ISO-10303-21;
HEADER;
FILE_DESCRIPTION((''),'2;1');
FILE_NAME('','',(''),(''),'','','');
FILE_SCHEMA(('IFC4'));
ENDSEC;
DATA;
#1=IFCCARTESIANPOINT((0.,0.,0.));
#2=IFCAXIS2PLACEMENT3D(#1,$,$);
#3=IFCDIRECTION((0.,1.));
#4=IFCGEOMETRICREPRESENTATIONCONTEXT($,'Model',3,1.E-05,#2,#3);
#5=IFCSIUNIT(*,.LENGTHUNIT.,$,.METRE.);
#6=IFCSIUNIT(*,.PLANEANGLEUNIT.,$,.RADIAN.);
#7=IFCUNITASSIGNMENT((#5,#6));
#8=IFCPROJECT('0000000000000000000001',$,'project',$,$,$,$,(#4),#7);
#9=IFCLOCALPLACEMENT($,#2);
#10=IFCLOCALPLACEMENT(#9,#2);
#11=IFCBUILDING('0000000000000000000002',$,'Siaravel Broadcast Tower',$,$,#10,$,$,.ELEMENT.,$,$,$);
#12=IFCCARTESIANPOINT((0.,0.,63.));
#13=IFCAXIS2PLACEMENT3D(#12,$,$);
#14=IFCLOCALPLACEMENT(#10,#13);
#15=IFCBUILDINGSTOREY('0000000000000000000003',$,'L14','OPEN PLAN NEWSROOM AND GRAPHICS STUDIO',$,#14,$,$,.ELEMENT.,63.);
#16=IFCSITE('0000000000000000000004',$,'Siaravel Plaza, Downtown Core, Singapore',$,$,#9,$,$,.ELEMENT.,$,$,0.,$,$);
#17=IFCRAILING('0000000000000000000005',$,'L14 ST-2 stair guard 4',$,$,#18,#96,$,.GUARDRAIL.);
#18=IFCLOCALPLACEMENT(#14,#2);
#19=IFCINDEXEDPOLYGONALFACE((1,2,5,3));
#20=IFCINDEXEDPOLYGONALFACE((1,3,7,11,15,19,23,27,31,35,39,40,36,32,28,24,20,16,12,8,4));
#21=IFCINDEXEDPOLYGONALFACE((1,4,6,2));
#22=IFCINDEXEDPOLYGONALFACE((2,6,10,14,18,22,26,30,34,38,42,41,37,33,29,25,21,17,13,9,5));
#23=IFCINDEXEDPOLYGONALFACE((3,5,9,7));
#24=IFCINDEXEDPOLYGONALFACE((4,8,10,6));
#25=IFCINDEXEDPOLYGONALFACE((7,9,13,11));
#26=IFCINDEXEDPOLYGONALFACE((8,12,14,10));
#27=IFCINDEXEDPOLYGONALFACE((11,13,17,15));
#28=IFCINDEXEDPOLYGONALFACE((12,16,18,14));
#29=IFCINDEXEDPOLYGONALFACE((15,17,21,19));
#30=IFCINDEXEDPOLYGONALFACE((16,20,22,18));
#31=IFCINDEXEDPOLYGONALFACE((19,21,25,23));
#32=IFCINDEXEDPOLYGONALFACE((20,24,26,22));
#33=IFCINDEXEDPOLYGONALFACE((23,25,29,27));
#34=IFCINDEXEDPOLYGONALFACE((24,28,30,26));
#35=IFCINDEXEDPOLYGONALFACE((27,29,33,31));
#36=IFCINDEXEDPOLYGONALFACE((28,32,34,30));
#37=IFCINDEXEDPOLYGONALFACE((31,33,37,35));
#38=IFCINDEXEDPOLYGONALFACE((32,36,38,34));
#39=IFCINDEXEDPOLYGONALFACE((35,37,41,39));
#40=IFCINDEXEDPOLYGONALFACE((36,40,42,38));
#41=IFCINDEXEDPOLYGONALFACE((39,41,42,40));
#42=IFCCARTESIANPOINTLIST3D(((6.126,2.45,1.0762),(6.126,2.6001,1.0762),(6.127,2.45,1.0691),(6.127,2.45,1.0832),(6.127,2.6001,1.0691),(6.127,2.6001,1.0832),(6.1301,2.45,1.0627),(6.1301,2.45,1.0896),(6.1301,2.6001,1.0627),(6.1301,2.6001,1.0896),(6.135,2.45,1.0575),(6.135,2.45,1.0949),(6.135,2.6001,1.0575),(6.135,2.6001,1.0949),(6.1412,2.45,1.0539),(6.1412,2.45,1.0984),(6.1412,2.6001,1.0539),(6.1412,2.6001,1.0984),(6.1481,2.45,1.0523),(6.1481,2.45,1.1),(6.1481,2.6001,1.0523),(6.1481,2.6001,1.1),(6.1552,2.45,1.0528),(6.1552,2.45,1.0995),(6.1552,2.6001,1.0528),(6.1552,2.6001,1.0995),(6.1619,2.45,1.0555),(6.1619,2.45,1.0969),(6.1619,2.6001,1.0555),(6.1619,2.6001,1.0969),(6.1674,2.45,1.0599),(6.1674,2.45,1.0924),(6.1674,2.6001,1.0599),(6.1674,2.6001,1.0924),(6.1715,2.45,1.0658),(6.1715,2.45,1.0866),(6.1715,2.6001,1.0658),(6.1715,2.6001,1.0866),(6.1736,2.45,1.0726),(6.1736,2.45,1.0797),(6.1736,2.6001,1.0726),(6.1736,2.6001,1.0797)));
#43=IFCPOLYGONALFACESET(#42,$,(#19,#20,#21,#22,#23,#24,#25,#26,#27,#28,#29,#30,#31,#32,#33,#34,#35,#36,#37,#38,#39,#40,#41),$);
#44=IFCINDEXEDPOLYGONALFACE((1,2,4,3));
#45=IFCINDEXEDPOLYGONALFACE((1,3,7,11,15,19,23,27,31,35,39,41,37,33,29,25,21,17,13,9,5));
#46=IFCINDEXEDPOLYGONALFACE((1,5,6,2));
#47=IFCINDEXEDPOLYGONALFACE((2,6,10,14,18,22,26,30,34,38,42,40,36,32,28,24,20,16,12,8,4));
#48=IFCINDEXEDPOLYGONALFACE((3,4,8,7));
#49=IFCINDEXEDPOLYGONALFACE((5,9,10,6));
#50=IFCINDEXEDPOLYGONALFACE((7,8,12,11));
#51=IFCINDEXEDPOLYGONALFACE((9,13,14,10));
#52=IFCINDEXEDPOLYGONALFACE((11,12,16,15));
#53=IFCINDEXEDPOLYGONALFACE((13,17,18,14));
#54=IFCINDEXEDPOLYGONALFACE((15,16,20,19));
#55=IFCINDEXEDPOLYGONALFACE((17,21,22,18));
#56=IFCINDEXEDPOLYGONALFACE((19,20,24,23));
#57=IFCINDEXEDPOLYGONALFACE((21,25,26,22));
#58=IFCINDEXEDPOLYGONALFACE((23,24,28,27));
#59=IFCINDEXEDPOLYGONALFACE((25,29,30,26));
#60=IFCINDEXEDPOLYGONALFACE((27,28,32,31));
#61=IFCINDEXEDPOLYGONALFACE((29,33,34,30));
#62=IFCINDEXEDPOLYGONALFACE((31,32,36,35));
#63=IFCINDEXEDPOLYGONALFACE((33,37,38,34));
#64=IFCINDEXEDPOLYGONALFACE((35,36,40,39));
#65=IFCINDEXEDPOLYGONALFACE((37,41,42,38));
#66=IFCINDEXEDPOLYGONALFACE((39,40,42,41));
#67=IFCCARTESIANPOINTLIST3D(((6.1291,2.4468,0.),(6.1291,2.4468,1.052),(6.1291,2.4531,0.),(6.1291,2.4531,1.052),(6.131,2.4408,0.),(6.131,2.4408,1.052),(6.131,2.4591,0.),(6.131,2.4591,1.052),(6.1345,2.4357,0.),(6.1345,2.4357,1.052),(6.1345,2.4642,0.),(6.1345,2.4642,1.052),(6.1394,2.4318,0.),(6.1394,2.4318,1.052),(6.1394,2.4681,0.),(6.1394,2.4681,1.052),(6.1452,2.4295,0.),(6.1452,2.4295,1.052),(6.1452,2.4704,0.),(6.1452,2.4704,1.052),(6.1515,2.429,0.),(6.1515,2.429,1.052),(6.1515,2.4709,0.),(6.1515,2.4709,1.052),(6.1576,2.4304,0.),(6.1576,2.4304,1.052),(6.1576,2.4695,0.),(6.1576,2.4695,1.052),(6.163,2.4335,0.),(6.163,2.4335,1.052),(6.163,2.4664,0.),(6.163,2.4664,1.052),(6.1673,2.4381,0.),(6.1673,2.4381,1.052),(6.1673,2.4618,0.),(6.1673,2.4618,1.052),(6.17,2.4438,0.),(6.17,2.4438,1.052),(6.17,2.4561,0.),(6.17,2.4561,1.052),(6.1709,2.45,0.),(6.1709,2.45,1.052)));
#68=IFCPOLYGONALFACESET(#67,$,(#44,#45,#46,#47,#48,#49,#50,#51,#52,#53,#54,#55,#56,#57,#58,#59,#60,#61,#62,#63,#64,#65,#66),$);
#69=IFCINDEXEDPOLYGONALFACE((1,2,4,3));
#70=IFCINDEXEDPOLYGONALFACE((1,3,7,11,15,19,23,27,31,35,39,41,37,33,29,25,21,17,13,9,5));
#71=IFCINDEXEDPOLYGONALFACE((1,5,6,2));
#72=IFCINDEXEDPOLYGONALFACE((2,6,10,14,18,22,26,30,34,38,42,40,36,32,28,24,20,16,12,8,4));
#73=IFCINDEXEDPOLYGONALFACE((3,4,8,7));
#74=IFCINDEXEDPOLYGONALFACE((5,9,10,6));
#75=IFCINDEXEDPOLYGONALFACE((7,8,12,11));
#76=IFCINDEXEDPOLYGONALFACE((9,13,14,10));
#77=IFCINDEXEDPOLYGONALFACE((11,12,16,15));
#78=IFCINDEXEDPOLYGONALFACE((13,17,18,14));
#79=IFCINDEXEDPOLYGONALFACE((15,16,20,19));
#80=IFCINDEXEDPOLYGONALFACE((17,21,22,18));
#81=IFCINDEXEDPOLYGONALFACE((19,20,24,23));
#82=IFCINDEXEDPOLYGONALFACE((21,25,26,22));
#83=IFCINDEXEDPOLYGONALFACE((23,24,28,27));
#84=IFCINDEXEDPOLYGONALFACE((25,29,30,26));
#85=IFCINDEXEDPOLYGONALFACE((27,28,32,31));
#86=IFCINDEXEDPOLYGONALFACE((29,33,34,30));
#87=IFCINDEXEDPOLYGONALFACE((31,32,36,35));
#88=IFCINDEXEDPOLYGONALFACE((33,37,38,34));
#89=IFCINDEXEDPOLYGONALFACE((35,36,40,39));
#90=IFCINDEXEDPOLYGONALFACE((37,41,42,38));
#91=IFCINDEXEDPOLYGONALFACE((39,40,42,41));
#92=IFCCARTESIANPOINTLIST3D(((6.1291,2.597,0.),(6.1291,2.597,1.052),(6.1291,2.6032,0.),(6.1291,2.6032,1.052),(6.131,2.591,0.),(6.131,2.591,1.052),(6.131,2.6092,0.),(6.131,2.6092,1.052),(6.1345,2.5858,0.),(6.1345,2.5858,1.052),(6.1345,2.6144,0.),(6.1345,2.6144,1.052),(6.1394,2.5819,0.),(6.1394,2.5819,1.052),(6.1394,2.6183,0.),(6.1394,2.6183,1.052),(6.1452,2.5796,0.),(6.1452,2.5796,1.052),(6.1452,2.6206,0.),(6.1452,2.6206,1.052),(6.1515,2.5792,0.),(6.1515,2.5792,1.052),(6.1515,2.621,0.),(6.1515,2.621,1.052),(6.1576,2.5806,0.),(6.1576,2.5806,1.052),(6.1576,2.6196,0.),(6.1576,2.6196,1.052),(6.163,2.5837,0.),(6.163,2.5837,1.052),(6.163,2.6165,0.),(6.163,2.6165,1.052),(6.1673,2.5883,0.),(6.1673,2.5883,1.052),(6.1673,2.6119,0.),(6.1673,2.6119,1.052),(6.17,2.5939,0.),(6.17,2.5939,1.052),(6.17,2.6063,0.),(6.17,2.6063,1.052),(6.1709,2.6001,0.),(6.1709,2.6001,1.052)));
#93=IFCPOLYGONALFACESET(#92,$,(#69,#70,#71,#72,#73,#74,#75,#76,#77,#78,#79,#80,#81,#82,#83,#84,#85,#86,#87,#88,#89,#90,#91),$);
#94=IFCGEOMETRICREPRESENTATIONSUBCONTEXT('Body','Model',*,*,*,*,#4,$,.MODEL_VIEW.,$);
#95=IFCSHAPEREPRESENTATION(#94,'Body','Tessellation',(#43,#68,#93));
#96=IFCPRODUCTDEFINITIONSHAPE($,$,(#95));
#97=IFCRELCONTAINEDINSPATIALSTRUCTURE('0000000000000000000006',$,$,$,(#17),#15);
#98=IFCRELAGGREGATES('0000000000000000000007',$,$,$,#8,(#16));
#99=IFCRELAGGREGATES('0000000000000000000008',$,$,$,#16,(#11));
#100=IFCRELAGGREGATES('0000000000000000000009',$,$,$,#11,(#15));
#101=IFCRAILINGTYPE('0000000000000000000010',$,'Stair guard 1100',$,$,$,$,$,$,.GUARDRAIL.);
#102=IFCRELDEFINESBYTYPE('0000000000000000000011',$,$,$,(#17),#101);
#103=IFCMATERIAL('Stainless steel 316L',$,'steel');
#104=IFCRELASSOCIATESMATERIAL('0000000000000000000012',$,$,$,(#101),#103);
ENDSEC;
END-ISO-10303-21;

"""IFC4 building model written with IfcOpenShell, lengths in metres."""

from ifc_helpers import new_model, si_unit, direction, frame, origin, origin_2d, place, context, subcontext, project, spatial, circle, extrude, material, type_object, element, save


model = new_model("IFC4")

# Units and contexts
model_context = context("Model", 3, precision=1e-05, world=origin(), true_north=direction((0.0, 1.0)))
body_context = subcontext(model_context, "Body", "Model", "MODEL_VIEW")
ifc_project = project(units=[si_unit("LENGTHUNIT", "METRE"), si_unit("PLANEANGLEUNIT", "RADIAN")], contexts=[model_context])

# Site, building, storey
site_placement = place(None, origin())
site = spatial("IfcSite", under=ifc_project, at=site_placement, Name="Siaravel Plaza, Downtown Core, Singapore", CompositionType="ELEMENT", RefElevation=0.0)
building_placement = place(site_placement, origin())
building = spatial("IfcBuilding", under=site, at=building_placement, Name="Siaravel Broadcast Tower", CompositionType="ELEMENT")
storey_placement = place(building_placement, frame((0.0, 0.0, 63.0)))
storey = spatial("IfcBuildingStorey", under=building, at=storey_placement, Name="L14", Description="OPEN PLAN NEWSROOM AND GRAPHICS STUDIO", CompositionType="ELEMENT", Elevation=63.0)

# Railing
ifc_material_1 = material(Name="Stainless steel 316L", Category="steel")
railing_type_1 = type_object("IfcRailingType", Name="Stair guard 1100", PredefinedType="GUARDRAIL", material=ifc_material_1)
railing_1_placement = place(storey_placement, frame((6.1499, 2.45, 0.0)))
element("IfcRailing", 1, at=railing_1_placement, inside=storey, type_object=railing_type_1, Name="L14 ST-2 stair guard 4", PredefinedType="GUARDRAIL", context=body_context, shape_type="SweptSolid", body=[
    extrude(circle(Radius=0.0239, at=origin_2d()), frame((0.0, 0.0, 1.0762), z_axis=(0.0, 1.0, 0.0), x_axis=(-1.0, 0.0, 0.0)), (0.0, 0.0, 1.0), 0.1501),
    extrude(circle(Radius=0.021, at=origin_2d()), origin(), (0.0, 0.0, 1.0), 1.052),
    extrude(circle(Radius=0.021, at=origin_2d()), frame((0.0, 0.1501, 0.0)), (0.0, 0.0, 1.0), 1.052),
])

save(model, "model.ifc")
